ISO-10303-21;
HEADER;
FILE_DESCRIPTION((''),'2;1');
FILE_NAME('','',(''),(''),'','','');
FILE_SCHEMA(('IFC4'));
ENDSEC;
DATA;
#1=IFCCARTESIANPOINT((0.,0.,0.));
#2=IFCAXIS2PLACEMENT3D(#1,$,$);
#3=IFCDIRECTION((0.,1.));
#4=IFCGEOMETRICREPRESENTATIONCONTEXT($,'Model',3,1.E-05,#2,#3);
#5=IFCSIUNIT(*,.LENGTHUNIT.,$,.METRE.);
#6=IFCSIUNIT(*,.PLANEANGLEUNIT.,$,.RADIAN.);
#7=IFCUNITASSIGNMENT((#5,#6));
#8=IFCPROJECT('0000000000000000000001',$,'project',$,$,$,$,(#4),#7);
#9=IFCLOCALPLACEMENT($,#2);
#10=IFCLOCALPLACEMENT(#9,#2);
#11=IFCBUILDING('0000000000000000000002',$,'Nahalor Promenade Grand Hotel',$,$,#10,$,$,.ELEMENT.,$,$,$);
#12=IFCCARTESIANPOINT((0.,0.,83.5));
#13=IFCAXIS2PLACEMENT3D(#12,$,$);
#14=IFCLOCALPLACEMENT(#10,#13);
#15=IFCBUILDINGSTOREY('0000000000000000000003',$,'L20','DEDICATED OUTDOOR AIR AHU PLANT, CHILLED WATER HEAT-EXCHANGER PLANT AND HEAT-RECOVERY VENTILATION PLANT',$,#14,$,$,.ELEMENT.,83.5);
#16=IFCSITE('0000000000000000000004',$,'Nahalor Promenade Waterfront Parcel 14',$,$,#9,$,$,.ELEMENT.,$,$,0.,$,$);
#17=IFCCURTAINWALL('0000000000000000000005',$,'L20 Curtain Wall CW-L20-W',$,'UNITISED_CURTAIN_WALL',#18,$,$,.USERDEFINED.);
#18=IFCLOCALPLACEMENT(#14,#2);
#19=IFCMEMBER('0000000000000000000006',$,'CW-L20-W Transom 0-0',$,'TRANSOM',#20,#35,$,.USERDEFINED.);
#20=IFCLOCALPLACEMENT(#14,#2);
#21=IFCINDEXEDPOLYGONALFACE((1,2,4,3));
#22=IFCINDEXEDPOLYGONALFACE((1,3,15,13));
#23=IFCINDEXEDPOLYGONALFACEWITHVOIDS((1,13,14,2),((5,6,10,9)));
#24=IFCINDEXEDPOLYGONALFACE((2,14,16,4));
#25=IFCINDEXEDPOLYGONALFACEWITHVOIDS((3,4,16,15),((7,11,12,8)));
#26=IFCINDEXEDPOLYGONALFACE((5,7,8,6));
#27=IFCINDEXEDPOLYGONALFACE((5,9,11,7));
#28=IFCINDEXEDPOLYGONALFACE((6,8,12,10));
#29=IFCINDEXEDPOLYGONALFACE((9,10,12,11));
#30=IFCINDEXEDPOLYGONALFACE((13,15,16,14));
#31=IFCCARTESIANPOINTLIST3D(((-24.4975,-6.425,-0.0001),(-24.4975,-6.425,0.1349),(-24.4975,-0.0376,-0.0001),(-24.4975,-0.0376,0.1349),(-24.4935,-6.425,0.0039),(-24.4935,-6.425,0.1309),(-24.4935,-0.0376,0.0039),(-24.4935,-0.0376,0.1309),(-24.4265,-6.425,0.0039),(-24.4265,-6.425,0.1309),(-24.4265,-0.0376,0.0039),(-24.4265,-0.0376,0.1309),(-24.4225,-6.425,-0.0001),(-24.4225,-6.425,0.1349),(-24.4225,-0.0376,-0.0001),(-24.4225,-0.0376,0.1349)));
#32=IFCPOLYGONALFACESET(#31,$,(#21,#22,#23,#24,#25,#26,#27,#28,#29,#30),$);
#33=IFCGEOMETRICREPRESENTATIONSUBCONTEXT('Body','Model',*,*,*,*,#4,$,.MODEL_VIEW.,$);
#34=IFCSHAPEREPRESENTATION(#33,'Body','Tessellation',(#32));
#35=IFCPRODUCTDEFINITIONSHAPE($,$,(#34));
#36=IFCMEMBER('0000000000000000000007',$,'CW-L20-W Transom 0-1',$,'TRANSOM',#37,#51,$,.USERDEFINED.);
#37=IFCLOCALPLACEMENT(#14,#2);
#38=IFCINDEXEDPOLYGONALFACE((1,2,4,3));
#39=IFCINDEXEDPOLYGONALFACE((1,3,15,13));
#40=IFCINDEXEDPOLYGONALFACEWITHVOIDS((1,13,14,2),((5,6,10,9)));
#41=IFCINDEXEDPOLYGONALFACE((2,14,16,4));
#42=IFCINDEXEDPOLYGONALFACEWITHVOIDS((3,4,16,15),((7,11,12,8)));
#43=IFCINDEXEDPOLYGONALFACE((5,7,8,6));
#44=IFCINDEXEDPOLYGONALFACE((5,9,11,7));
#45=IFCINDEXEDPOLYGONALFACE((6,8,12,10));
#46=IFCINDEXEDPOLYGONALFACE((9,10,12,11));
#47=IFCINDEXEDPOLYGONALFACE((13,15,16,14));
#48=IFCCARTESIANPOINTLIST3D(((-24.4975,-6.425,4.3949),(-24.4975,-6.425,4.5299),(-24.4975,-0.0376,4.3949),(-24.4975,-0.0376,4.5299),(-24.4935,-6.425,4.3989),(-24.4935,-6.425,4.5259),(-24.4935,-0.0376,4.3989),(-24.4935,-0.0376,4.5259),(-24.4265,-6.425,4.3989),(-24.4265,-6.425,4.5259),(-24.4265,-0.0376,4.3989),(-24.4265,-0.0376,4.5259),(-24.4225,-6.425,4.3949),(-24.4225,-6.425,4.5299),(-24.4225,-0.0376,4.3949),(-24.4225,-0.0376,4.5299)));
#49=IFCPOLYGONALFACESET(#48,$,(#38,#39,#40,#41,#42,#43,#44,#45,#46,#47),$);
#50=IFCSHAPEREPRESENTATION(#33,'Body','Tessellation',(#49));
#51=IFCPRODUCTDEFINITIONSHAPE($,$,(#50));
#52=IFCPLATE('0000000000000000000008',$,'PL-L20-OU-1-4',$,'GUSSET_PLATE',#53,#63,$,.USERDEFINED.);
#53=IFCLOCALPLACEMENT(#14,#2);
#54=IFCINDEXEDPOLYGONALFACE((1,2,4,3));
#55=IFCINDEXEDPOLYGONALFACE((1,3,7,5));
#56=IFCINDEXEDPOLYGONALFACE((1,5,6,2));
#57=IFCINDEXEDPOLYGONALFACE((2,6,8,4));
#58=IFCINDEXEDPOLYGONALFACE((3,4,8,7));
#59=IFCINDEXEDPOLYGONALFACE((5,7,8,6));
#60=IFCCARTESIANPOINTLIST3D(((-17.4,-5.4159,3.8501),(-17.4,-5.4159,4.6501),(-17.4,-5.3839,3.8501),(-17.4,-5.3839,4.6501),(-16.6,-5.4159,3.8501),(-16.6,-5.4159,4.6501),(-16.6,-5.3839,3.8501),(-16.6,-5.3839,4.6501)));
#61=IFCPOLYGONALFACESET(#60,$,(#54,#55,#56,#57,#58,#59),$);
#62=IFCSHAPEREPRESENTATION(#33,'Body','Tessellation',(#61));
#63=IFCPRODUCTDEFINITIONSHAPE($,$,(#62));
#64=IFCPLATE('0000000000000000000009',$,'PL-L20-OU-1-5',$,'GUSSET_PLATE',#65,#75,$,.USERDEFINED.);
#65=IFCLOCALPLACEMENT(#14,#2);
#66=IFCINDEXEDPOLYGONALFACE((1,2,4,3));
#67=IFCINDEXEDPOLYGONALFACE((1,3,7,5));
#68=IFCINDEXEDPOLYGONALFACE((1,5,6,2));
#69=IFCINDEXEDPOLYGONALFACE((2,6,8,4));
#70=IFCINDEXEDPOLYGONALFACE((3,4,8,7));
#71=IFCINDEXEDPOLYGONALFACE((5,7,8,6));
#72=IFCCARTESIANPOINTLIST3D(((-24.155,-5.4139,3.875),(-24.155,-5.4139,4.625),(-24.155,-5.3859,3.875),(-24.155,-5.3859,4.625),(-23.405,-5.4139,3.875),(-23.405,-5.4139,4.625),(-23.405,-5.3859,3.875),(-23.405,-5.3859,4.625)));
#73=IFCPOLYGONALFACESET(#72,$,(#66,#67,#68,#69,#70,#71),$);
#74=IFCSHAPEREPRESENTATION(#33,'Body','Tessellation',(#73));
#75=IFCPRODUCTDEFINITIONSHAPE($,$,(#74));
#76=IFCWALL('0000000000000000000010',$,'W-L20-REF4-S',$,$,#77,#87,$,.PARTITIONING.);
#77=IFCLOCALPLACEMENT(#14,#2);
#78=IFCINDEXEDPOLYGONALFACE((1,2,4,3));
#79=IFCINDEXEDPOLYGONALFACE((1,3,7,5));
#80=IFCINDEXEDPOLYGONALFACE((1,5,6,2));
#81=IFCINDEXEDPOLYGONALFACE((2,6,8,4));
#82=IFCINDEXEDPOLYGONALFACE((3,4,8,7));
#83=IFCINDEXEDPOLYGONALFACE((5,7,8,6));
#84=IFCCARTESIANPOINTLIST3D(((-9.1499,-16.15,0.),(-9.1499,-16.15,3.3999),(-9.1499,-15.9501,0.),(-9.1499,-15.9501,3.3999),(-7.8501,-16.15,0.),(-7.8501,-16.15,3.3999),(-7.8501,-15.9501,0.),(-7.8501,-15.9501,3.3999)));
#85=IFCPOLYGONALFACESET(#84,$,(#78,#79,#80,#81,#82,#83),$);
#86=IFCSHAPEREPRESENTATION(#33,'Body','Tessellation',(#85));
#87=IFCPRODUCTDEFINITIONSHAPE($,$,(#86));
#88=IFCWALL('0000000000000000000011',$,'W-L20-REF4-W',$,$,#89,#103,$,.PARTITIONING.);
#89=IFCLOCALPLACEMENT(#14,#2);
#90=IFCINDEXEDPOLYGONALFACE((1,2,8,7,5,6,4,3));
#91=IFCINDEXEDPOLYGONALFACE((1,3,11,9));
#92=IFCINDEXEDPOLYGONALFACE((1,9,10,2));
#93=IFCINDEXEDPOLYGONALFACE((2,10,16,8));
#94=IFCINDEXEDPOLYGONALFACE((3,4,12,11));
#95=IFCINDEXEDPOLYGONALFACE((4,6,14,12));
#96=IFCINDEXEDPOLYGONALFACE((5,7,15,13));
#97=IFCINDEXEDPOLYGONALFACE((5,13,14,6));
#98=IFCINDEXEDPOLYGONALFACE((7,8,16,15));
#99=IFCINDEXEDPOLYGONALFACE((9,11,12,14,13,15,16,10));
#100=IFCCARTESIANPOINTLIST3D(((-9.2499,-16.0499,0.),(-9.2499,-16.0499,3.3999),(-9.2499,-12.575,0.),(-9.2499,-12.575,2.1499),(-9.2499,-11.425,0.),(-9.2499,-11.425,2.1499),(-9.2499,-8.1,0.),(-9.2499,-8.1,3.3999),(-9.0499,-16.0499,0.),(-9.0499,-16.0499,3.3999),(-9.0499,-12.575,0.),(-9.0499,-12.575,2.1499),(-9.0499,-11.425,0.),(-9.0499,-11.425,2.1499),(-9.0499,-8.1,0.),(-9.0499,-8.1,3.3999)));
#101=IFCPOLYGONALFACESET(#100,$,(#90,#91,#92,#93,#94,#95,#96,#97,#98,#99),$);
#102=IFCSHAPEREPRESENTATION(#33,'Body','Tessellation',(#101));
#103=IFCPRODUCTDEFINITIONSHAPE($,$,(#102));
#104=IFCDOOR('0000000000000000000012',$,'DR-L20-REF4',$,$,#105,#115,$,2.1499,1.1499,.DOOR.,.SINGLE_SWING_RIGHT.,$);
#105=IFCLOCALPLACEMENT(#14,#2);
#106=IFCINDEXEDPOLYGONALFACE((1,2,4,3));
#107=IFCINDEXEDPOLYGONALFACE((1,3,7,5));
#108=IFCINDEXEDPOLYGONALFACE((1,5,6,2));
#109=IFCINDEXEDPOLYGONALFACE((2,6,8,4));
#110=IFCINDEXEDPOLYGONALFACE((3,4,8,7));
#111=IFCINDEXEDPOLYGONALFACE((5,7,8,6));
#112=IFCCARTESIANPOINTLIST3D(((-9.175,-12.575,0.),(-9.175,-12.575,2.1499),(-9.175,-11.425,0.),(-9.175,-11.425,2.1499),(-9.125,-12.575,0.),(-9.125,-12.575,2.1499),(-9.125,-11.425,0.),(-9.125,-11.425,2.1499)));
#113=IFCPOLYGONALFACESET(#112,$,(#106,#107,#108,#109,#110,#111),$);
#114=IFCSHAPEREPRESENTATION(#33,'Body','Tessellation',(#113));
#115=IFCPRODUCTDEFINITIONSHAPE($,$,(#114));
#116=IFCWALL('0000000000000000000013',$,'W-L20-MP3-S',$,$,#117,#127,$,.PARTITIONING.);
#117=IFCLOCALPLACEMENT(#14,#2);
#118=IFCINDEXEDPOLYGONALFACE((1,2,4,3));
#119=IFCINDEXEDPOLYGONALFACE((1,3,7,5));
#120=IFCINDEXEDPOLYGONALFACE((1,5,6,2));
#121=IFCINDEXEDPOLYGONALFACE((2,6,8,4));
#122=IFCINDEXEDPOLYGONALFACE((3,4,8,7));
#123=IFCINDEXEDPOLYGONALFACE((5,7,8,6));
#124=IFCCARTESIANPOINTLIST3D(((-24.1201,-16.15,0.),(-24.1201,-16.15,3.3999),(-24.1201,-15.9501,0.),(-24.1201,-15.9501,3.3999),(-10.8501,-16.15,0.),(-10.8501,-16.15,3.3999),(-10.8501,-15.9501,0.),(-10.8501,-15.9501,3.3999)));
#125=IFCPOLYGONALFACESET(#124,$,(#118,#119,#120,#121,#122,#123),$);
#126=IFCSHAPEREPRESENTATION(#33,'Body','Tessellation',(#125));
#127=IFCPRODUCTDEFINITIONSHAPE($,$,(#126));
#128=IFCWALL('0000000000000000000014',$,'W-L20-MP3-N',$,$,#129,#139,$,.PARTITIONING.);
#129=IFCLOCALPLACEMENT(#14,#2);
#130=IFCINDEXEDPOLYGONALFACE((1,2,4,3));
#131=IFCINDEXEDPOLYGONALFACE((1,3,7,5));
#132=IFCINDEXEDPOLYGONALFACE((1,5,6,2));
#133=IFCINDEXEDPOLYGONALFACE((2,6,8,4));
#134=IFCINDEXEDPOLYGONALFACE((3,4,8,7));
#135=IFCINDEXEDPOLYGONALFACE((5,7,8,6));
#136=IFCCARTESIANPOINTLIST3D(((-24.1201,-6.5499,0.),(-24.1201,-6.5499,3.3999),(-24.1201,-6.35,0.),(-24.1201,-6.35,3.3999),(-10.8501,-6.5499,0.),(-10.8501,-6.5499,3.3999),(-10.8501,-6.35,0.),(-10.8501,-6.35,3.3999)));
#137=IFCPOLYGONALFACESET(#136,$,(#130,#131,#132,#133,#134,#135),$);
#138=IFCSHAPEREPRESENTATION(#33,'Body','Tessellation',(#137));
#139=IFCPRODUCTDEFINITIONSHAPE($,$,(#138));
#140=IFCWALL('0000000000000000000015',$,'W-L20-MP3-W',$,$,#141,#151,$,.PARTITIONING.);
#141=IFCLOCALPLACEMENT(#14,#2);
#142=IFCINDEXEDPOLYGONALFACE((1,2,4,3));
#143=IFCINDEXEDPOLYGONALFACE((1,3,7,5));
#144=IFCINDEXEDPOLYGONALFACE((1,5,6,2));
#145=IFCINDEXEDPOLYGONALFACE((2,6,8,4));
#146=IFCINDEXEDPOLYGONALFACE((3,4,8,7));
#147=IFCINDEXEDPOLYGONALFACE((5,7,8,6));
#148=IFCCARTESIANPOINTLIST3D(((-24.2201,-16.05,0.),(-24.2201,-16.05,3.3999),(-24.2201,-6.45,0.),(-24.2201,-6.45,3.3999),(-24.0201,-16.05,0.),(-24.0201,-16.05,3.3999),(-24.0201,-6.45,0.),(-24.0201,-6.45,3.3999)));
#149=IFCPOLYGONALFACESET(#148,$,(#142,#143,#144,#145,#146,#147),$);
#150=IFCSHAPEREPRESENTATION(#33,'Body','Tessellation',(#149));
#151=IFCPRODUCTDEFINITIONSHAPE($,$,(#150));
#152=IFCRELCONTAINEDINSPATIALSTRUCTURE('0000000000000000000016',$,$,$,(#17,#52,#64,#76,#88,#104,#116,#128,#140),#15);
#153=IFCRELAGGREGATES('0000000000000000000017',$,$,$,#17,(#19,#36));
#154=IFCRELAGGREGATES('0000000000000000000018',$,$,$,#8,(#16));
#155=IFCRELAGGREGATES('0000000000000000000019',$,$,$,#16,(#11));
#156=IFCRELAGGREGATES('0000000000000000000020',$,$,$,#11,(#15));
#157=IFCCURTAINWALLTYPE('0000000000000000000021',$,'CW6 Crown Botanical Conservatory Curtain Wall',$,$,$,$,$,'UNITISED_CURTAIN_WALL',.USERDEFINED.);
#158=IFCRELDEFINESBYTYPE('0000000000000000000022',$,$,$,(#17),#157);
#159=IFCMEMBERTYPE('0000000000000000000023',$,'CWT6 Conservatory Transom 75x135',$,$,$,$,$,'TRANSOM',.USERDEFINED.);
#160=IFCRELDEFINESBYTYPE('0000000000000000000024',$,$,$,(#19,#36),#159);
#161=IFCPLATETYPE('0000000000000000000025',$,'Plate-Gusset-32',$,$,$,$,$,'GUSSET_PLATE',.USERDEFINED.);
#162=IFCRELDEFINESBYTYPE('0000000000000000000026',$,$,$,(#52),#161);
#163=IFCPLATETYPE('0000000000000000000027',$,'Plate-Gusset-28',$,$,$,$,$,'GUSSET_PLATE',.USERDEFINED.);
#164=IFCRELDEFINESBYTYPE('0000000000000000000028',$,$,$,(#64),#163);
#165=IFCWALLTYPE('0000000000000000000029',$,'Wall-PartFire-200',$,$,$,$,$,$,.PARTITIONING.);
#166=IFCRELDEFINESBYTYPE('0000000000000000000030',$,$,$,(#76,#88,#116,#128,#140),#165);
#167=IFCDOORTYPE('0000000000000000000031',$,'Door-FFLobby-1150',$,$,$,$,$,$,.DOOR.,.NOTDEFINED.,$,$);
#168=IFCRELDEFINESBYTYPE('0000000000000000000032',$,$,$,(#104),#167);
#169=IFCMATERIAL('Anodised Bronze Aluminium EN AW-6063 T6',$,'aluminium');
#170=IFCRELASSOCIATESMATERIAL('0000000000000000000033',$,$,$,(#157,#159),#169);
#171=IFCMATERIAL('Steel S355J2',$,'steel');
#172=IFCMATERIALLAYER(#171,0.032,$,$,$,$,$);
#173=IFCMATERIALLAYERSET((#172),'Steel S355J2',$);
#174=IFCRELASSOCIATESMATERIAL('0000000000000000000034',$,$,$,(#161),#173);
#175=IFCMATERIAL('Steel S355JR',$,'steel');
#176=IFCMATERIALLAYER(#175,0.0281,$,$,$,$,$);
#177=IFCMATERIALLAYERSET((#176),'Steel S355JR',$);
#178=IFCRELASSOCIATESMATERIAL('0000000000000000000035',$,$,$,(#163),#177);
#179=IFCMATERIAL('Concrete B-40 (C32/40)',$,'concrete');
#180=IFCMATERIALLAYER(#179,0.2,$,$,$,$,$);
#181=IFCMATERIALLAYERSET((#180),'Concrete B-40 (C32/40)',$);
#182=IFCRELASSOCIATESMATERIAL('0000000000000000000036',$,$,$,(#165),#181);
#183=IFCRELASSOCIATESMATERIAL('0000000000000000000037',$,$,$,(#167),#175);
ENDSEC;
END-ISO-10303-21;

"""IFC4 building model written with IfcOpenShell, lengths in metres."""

from ifc_helpers import new_model, si_unit, direction, frame, frame_2d, origin, origin_2d, place, context, subcontext, project, spatial, rectangle, hollow_rectangle, extrude, source, transform, mapped, material, layer, layer_set, material_profile, profile_set, type_object, element, fill, aggregate, save


model = new_model("IFC4")

# Units and contexts
model_context = context("Model", 3, precision=1e-05, world=origin(), true_north=direction((0.0, 1.0)))
body_context = subcontext(model_context, "Body", "Model", "MODEL_VIEW")
ifc_project = project(units=[si_unit("LENGTHUNIT", "METRE"), si_unit("PLANEANGLEUNIT", "RADIAN")], contexts=[model_context])

# Site, building, storey
site_placement = place(None, origin())
site = spatial("IfcSite", under=ifc_project, at=site_placement, Name="Nahalor Promenade Waterfront Parcel 14", CompositionType="ELEMENT", RefElevation=0.0)
building_placement = place(site_placement, origin())
building = spatial("IfcBuilding", under=site, at=building_placement, Name="Nahalor Promenade Grand Hotel", CompositionType="ELEMENT")
storey_placement = place(building_placement, frame((0.0, 0.0, 83.5)))
storey = spatial("IfcBuildingStorey", under=building, at=storey_placement, Name="L20", Description="DEDICATED OUTDOOR AIR AHU PLANT, CHILLED WATER HEAT-EXCHANGER PLANT AND HEAT-RECOVERY VENTILATION PLANT", CompositionType="ELEMENT", Elevation=83.5)

# Shared definitions
ifc_material_1 = material(Name="Steel S355J2", Category="steel")

# Shared definitions
ifc_material_2 = material(Name="Steel S355JR", Category="steel")

# Curtain wall, members
ifc_material_3 = material(Name="Anodised Bronze Aluminium EN AW-6063 T6", Category="aluminium")
curtain_wall_type = type_object("IfcCurtainWallType", Name="CW6 Crown Botanical Conservatory Curtain Wall", ElementType="UNITISED_CURTAIN_WALL", PredefinedType="USERDEFINED", material=ifc_material_3)
curtain_wall_placement = place(storey_placement, origin())
curtain_wall = element("IfcCurtainWall", 1, at=curtain_wall_placement, inside=storey, type_object=curtain_wall_type, Name="L20 Curtain Wall CW-L20-W", ObjectType="UNITISED_CURTAIN_WALL", PredefinedType="USERDEFINED")
ifc_material_profile_1 = material_profile(ifc_material_3, hollow_rectangle(XDim=0.075, YDim=0.135, WallThickness=0.004, at=origin_2d()), Name="CWT 75x135x4")
ifc_profile_set_1 = profile_set([ifc_material_profile_1], Name="Anodised Bronze Aluminium EN AW-6063 T6")
member_type_1 = type_object("IfcMemberType", Name="CWT6 Conservatory Transom 75x135", ElementType="TRANSOM", PredefinedType="USERDEFINED", material=ifc_profile_set_1)
shared_shape_1 = source(origin(), body_context, "Body", "SweptSolid", [
    extrude(hollow_rectangle(XDim=0.075, YDim=0.135, WallThickness=0.004, at=origin_2d()), origin(), (0.0, 0.0, 1.0), 6.3875),
])
member_1_placement = place(storey_placement, frame((-24.46, -6.425, 0.0674), z_axis=(0.0, 1.0, 0.0), x_axis=(-1.0, 0.0, 0.0)))
member_1 = element("IfcMember", 2, at=member_1_placement, type_object=member_type_1, Name="CW-L20-W Transom 0-0", ObjectType="TRANSOM", PredefinedType="USERDEFINED", context=body_context, shape_type="MappedRepresentation", body=[
    mapped(shared_shape_1, transform((0.0, 0.0, 0.0), scale=1.0)),
])
member_2_placement = place(storey_placement, frame((-24.46, -6.425, 4.4624), z_axis=(0.0, 1.0, 0.0), x_axis=(-1.0, 0.0, 0.0)))
member_2 = element("IfcMember", 3, at=member_2_placement, type_object=member_type_1, Name="CW-L20-W Transom 0-1", ObjectType="TRANSOM", PredefinedType="USERDEFINED", context=body_context, shape_type="MappedRepresentation", body=[
    mapped(shared_shape_1, transform((0.0, 0.0, 0.0), scale=1.0)),
])
aggregate(curtain_wall, [member_1, member_2])

# Plates
ifc_layer_1 = layer(ifc_material_1, 0.032)
ifc_layer_set_1 = layer_set([ifc_layer_1], Name="Steel S355J2")
plate_type_1 = type_object("IfcPlateType", Name="Plate-Gusset-32", ElementType="GUSSET_PLATE", PredefinedType="USERDEFINED", material=ifc_layer_set_1)
shared_shape_2 = source(origin(), body_context, "Body", "SweptSolid", [
    extrude(rectangle(XDim=0.8, YDim=0.032, at=origin_2d()), origin(), (0.0, 0.0, 1.0), 0.8),
])
plate_1_placement = place(storey_placement, frame((-17.0, -5.3999, 3.8501), z_axis=(0.0, 0.0, 1.0), x_axis=(1.0, 0.0, 0.0)))
element("IfcPlate", 4, at=plate_1_placement, inside=storey, type_object=plate_type_1, Name="PL-L20-OU-1-4", ObjectType="GUSSET_PLATE", PredefinedType="USERDEFINED", context=body_context, shape_type="MappedRepresentation", body=[
    mapped(shared_shape_2, transform((0.0, 0.0, 0.0), scale=1.0)),
])
ifc_layer_2 = layer(ifc_material_2, 0.0281)
ifc_layer_set_2 = layer_set([ifc_layer_2], Name="Steel S355JR")
plate_type_2 = type_object("IfcPlateType", Name="Plate-Gusset-28", ElementType="GUSSET_PLATE", PredefinedType="USERDEFINED", material=ifc_layer_set_2)
shared_shape_3 = source(origin(), body_context, "Body", "SweptSolid", [
    extrude(rectangle(XDim=0.75, YDim=0.0281, at=origin_2d()), origin(), (0.0, 0.0, 1.0), 0.75),
])
plate_2_placement = place(storey_placement, frame((-23.78, -5.3999, 3.875), z_axis=(0.0, 0.0, 1.0), x_axis=(1.0, 0.0, 0.0)))
element("IfcPlate", 5, at=plate_2_placement, inside=storey, type_object=plate_type_2, Name="PL-L20-OU-1-5", ObjectType="GUSSET_PLATE", PredefinedType="USERDEFINED", context=body_context, shape_type="MappedRepresentation", body=[
    mapped(shared_shape_3, transform((0.0, 0.0, 0.0), scale=1.0)),
])

# Wall
ifc_material_4 = material(Name="Concrete B-40 (C32/40)", Category="concrete")
ifc_layer_3 = layer(ifc_material_4, 0.2)
ifc_layer_set_3 = layer_set([ifc_layer_3], Name="Concrete B-40 (C32/40)")
wall_type = type_object("IfcWallType", Name="Wall-PartFire-200", PredefinedType="PARTITIONING", material=ifc_layer_set_3)
shared_shape_4 = source(origin(), body_context, "Body", "SweptSolid", [
    extrude(rectangle(XDim=1.2998, YDim=0.2, at=frame_2d((0.6499, 0.0))), origin(), (0.0, 0.0, 1.0), 3.3999),
])
wall_1_placement = place(storey_placement, frame((-9.1499, -16.05, 0.0), z_axis=(0.0, 0.0, 1.0), x_axis=(1.0, 0.0, 0.0)))
element("IfcWall", 6, at=wall_1_placement, inside=storey, type_object=wall_type, Name="W-L20-REF4-S", PredefinedType="PARTITIONING", context=body_context, shape_type="MappedRepresentation", body=[
    mapped(shared_shape_4, transform((0.0, 0.0, 0.0), scale=1.0)),
])

# Wall, opening, door
shared_shape_5 = source(origin(), body_context, "Body", "SweptSolid", [
    extrude(rectangle(XDim=7.95, YDim=0.2, at=frame_2d((3.9751, 0.0))), origin(), (0.0, 0.0, 1.0), 3.3999),
])
wall_2_placement = place(storey_placement, frame((-9.1499, -16.05, 0.0), z_axis=(0.0, 0.0, 1.0), x_axis=(0.0, 1.0, 0.0)))
wall_2 = element("IfcWall", 7, at=wall_2_placement, inside=storey, type_object=wall_type, Name="W-L20-REF4-W", PredefinedType="PARTITIONING", context=body_context, shape_type="MappedRepresentation", body=[
    mapped(shared_shape_5, transform((0.0, 0.0, 0.0), scale=1.0)),
])
opening_1_placement = place(wall_2_placement, frame((3.4751, 0.0, 0.0)))
opening_1 = element("IfcOpeningElement", 8, at=opening_1_placement, cuts=wall_2, PredefinedType="OPENING", context=body_context, shape_type="SweptSolid", body=[
    extrude(rectangle(XDim=1.1499, YDim=2.1499, at=frame_2d((0.575, 1.075))), frame((0.0, 0.1099, 0.0), z_axis=(0.0, -1.0, 0.0), x_axis=(1.0, 0.0, 0.0)), (0.0, 0.0, 1.0), 0.22),
])
door_type_1 = type_object("IfcDoorType", Name="Door-FFLobby-1150", OperationType="NOTDEFINED", PredefinedType="DOOR", material=ifc_material_2)
shared_shape_6 = source(origin(), body_context, "Body", "SweptSolid", [
    extrude(rectangle(XDim=1.1499, YDim=2.1499, at=frame_2d((0.575, 1.075))), frame((0.0, 0.0249, 0.0), z_axis=(0.0, -1.0, 0.0), x_axis=(1.0, 0.0, 0.0)), (0.0, 0.0, 1.0), 0.05),
])
door_1_placement = place(opening_1_placement, frame((1.1499, 0.0, 0.0), z_axis=(0.0, 0.0, 1.0), x_axis=(-1.0, 0.0, 0.0)))
door_1 = element("IfcDoor", 9, at=door_1_placement, inside=storey, type_object=door_type_1, Name="DR-L20-REF4", OperationType="SINGLE_SWING_RIGHT", OverallHeight=2.1499, OverallWidth=1.1499, PredefinedType="DOOR", context=body_context, shape_type="MappedRepresentation", body=[
    mapped(shared_shape_6, transform((0.0, 0.0, 0.0), scale=1.0)),
])
fill(opening_1, door_1)

# Walls
shared_shape_7 = source(origin(), body_context, "Body", "SweptSolid", [
    extrude(rectangle(XDim=13.27, YDim=0.2, at=frame_2d((6.635, 0.0))), origin(), (0.0, 0.0, 1.0), 3.3999),
])
for number, where, z_axis, x_axis, name in (
    (10, (-24.1201, -16.05, 0.0), (0.0, 0.0, 1.0), (1.0, 0.0, 0.0), "W-L20-MP3-S"),
    (11, (-24.1201, -6.45, 0.0), (0.0, 0.0, 1.0), (1.0, 0.0, 0.0), "W-L20-MP3-N"),
):
    element("IfcWall", number, at=place(storey_placement, frame(where, z_axis=z_axis, x_axis=x_axis)), inside=storey, type_object=wall_type, Name=name, PredefinedType="PARTITIONING", context=body_context, shape_type="MappedRepresentation", body=[
        mapped(shared_shape_7, transform((0.0, 0.0, 0.0), scale=1.0)),
    ])
shared_shape_8 = source(origin(), body_context, "Body", "SweptSolid", [
    extrude(rectangle(XDim=9.6001, YDim=0.2, at=frame_2d((4.8, 0.0))), origin(), (0.0, 0.0, 1.0), 3.3999),
])
wall_3_placement = place(storey_placement, frame((-24.1201, -16.05, 0.0), z_axis=(0.0, 0.0, 1.0), x_axis=(0.0, 1.0, 0.0)))
element("IfcWall", 12, at=wall_3_placement, inside=storey, type_object=wall_type, Name="W-L20-MP3-W", PredefinedType="PARTITIONING", context=body_context, shape_type="MappedRepresentation", body=[
    mapped(shared_shape_8, transform((0.0, 0.0, 0.0), scale=1.0)),
])

save(model, "model.ifc")
